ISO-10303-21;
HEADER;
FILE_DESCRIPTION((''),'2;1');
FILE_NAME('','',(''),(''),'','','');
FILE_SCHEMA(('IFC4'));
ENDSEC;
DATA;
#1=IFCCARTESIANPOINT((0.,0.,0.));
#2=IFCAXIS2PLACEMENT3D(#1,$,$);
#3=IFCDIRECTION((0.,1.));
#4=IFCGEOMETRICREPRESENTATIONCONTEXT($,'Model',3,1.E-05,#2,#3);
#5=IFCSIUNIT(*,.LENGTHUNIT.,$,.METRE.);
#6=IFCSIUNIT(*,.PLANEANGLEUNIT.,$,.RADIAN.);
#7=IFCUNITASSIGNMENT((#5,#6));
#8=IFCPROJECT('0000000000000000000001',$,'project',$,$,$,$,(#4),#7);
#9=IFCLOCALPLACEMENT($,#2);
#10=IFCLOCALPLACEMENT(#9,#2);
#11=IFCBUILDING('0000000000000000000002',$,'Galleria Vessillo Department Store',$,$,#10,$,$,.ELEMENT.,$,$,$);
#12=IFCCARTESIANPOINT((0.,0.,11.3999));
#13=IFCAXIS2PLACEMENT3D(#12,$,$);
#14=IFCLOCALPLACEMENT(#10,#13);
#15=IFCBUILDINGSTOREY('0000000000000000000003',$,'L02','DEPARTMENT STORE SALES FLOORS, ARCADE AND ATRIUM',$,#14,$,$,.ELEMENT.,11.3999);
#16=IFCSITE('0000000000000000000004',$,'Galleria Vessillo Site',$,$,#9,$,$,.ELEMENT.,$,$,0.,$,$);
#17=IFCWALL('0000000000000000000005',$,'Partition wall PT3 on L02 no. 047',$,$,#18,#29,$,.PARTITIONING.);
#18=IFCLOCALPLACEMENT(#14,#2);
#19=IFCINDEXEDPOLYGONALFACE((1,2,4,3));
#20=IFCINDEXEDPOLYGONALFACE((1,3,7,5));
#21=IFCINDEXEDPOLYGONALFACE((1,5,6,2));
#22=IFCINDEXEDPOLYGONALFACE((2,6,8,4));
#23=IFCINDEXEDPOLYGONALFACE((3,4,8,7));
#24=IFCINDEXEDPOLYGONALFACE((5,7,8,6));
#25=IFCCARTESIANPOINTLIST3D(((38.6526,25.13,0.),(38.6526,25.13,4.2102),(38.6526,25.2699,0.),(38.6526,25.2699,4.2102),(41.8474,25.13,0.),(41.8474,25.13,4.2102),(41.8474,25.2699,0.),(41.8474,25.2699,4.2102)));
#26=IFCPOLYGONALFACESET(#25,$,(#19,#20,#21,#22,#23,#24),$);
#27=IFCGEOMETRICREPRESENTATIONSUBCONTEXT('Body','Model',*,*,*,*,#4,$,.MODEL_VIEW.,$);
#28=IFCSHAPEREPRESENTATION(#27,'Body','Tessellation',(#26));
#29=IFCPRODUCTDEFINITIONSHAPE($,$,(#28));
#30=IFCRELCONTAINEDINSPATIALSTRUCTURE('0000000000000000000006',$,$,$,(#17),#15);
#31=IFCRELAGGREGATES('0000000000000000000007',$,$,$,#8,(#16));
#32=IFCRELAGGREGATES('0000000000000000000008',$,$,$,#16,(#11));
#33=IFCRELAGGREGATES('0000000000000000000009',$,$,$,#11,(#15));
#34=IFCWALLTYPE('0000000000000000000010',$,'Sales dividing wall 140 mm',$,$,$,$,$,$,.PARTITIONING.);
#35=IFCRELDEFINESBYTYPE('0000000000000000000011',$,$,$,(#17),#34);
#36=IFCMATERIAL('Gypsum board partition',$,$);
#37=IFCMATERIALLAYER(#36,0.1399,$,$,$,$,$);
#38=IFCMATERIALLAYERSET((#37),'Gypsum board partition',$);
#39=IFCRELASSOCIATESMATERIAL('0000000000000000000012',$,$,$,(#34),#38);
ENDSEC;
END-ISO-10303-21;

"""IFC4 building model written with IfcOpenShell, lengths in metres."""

from ifc_helpers import new_model, si_unit, direction, frame, frame_2d, origin, place, context, subcontext, project, spatial, rectangle, extrude, material, layer, layer_set, type_object, element, save


model = new_model("IFC4")

# Units and contexts
model_context = context("Model", 3, precision=1e-05, world=origin(), true_north=direction((0.0, 1.0)))
body_context = subcontext(model_context, "Body", "Model", "MODEL_VIEW")
ifc_project = project(units=[si_unit("LENGTHUNIT", "METRE"), si_unit("PLANEANGLEUNIT", "RADIAN")], contexts=[model_context])

# Site, building, storey
site_placement = place(None, origin())
site = spatial("IfcSite", under=ifc_project, at=site_placement, Name="Galleria Vessillo Site", CompositionType="ELEMENT", RefElevation=0.0)
building_placement = place(site_placement, origin())
building = spatial("IfcBuilding", under=site, at=building_placement, Name="Galleria Vessillo Department Store", CompositionType="ELEMENT")
storey_placement = place(building_placement, frame((0.0, 0.0, 11.3999)))
storey = spatial("IfcBuildingStorey", under=building, at=storey_placement, Name="L02", Description="DEPARTMENT STORE SALES FLOORS, ARCADE AND ATRIUM", CompositionType="ELEMENT", Elevation=11.3999)

# Wall
ifc_material_1 = material(Name="Gypsum board partition")
ifc_layer_1 = layer(ifc_material_1, 0.1399)
ifc_layer_set_1 = layer_set([ifc_layer_1], Name="Gypsum board partition")
wall_type = type_object("IfcWallType", Name="Sales dividing wall 140 mm", PredefinedType="PARTITIONING", material=ifc_layer_set_1)
wall_1_placement = place(storey_placement, frame((38.6526, 25.2, 0.0), z_axis=(0.0, 0.0, 1.0), x_axis=(1.0, 0.0, 0.0)))
element("IfcWall", 1, at=wall_1_placement, inside=storey, type_object=wall_type, Name="Partition wall PT3 on L02 no. 047", PredefinedType="PARTITIONING", context=body_context, shape_type="SweptSolid", body=[
    extrude(rectangle(XDim=3.1948, YDim=0.1399, at=frame_2d((1.5974, 0.0))), origin(), (0.0, 0.0, 1.0), 4.2102),
])

save(model, "model.ifc")
